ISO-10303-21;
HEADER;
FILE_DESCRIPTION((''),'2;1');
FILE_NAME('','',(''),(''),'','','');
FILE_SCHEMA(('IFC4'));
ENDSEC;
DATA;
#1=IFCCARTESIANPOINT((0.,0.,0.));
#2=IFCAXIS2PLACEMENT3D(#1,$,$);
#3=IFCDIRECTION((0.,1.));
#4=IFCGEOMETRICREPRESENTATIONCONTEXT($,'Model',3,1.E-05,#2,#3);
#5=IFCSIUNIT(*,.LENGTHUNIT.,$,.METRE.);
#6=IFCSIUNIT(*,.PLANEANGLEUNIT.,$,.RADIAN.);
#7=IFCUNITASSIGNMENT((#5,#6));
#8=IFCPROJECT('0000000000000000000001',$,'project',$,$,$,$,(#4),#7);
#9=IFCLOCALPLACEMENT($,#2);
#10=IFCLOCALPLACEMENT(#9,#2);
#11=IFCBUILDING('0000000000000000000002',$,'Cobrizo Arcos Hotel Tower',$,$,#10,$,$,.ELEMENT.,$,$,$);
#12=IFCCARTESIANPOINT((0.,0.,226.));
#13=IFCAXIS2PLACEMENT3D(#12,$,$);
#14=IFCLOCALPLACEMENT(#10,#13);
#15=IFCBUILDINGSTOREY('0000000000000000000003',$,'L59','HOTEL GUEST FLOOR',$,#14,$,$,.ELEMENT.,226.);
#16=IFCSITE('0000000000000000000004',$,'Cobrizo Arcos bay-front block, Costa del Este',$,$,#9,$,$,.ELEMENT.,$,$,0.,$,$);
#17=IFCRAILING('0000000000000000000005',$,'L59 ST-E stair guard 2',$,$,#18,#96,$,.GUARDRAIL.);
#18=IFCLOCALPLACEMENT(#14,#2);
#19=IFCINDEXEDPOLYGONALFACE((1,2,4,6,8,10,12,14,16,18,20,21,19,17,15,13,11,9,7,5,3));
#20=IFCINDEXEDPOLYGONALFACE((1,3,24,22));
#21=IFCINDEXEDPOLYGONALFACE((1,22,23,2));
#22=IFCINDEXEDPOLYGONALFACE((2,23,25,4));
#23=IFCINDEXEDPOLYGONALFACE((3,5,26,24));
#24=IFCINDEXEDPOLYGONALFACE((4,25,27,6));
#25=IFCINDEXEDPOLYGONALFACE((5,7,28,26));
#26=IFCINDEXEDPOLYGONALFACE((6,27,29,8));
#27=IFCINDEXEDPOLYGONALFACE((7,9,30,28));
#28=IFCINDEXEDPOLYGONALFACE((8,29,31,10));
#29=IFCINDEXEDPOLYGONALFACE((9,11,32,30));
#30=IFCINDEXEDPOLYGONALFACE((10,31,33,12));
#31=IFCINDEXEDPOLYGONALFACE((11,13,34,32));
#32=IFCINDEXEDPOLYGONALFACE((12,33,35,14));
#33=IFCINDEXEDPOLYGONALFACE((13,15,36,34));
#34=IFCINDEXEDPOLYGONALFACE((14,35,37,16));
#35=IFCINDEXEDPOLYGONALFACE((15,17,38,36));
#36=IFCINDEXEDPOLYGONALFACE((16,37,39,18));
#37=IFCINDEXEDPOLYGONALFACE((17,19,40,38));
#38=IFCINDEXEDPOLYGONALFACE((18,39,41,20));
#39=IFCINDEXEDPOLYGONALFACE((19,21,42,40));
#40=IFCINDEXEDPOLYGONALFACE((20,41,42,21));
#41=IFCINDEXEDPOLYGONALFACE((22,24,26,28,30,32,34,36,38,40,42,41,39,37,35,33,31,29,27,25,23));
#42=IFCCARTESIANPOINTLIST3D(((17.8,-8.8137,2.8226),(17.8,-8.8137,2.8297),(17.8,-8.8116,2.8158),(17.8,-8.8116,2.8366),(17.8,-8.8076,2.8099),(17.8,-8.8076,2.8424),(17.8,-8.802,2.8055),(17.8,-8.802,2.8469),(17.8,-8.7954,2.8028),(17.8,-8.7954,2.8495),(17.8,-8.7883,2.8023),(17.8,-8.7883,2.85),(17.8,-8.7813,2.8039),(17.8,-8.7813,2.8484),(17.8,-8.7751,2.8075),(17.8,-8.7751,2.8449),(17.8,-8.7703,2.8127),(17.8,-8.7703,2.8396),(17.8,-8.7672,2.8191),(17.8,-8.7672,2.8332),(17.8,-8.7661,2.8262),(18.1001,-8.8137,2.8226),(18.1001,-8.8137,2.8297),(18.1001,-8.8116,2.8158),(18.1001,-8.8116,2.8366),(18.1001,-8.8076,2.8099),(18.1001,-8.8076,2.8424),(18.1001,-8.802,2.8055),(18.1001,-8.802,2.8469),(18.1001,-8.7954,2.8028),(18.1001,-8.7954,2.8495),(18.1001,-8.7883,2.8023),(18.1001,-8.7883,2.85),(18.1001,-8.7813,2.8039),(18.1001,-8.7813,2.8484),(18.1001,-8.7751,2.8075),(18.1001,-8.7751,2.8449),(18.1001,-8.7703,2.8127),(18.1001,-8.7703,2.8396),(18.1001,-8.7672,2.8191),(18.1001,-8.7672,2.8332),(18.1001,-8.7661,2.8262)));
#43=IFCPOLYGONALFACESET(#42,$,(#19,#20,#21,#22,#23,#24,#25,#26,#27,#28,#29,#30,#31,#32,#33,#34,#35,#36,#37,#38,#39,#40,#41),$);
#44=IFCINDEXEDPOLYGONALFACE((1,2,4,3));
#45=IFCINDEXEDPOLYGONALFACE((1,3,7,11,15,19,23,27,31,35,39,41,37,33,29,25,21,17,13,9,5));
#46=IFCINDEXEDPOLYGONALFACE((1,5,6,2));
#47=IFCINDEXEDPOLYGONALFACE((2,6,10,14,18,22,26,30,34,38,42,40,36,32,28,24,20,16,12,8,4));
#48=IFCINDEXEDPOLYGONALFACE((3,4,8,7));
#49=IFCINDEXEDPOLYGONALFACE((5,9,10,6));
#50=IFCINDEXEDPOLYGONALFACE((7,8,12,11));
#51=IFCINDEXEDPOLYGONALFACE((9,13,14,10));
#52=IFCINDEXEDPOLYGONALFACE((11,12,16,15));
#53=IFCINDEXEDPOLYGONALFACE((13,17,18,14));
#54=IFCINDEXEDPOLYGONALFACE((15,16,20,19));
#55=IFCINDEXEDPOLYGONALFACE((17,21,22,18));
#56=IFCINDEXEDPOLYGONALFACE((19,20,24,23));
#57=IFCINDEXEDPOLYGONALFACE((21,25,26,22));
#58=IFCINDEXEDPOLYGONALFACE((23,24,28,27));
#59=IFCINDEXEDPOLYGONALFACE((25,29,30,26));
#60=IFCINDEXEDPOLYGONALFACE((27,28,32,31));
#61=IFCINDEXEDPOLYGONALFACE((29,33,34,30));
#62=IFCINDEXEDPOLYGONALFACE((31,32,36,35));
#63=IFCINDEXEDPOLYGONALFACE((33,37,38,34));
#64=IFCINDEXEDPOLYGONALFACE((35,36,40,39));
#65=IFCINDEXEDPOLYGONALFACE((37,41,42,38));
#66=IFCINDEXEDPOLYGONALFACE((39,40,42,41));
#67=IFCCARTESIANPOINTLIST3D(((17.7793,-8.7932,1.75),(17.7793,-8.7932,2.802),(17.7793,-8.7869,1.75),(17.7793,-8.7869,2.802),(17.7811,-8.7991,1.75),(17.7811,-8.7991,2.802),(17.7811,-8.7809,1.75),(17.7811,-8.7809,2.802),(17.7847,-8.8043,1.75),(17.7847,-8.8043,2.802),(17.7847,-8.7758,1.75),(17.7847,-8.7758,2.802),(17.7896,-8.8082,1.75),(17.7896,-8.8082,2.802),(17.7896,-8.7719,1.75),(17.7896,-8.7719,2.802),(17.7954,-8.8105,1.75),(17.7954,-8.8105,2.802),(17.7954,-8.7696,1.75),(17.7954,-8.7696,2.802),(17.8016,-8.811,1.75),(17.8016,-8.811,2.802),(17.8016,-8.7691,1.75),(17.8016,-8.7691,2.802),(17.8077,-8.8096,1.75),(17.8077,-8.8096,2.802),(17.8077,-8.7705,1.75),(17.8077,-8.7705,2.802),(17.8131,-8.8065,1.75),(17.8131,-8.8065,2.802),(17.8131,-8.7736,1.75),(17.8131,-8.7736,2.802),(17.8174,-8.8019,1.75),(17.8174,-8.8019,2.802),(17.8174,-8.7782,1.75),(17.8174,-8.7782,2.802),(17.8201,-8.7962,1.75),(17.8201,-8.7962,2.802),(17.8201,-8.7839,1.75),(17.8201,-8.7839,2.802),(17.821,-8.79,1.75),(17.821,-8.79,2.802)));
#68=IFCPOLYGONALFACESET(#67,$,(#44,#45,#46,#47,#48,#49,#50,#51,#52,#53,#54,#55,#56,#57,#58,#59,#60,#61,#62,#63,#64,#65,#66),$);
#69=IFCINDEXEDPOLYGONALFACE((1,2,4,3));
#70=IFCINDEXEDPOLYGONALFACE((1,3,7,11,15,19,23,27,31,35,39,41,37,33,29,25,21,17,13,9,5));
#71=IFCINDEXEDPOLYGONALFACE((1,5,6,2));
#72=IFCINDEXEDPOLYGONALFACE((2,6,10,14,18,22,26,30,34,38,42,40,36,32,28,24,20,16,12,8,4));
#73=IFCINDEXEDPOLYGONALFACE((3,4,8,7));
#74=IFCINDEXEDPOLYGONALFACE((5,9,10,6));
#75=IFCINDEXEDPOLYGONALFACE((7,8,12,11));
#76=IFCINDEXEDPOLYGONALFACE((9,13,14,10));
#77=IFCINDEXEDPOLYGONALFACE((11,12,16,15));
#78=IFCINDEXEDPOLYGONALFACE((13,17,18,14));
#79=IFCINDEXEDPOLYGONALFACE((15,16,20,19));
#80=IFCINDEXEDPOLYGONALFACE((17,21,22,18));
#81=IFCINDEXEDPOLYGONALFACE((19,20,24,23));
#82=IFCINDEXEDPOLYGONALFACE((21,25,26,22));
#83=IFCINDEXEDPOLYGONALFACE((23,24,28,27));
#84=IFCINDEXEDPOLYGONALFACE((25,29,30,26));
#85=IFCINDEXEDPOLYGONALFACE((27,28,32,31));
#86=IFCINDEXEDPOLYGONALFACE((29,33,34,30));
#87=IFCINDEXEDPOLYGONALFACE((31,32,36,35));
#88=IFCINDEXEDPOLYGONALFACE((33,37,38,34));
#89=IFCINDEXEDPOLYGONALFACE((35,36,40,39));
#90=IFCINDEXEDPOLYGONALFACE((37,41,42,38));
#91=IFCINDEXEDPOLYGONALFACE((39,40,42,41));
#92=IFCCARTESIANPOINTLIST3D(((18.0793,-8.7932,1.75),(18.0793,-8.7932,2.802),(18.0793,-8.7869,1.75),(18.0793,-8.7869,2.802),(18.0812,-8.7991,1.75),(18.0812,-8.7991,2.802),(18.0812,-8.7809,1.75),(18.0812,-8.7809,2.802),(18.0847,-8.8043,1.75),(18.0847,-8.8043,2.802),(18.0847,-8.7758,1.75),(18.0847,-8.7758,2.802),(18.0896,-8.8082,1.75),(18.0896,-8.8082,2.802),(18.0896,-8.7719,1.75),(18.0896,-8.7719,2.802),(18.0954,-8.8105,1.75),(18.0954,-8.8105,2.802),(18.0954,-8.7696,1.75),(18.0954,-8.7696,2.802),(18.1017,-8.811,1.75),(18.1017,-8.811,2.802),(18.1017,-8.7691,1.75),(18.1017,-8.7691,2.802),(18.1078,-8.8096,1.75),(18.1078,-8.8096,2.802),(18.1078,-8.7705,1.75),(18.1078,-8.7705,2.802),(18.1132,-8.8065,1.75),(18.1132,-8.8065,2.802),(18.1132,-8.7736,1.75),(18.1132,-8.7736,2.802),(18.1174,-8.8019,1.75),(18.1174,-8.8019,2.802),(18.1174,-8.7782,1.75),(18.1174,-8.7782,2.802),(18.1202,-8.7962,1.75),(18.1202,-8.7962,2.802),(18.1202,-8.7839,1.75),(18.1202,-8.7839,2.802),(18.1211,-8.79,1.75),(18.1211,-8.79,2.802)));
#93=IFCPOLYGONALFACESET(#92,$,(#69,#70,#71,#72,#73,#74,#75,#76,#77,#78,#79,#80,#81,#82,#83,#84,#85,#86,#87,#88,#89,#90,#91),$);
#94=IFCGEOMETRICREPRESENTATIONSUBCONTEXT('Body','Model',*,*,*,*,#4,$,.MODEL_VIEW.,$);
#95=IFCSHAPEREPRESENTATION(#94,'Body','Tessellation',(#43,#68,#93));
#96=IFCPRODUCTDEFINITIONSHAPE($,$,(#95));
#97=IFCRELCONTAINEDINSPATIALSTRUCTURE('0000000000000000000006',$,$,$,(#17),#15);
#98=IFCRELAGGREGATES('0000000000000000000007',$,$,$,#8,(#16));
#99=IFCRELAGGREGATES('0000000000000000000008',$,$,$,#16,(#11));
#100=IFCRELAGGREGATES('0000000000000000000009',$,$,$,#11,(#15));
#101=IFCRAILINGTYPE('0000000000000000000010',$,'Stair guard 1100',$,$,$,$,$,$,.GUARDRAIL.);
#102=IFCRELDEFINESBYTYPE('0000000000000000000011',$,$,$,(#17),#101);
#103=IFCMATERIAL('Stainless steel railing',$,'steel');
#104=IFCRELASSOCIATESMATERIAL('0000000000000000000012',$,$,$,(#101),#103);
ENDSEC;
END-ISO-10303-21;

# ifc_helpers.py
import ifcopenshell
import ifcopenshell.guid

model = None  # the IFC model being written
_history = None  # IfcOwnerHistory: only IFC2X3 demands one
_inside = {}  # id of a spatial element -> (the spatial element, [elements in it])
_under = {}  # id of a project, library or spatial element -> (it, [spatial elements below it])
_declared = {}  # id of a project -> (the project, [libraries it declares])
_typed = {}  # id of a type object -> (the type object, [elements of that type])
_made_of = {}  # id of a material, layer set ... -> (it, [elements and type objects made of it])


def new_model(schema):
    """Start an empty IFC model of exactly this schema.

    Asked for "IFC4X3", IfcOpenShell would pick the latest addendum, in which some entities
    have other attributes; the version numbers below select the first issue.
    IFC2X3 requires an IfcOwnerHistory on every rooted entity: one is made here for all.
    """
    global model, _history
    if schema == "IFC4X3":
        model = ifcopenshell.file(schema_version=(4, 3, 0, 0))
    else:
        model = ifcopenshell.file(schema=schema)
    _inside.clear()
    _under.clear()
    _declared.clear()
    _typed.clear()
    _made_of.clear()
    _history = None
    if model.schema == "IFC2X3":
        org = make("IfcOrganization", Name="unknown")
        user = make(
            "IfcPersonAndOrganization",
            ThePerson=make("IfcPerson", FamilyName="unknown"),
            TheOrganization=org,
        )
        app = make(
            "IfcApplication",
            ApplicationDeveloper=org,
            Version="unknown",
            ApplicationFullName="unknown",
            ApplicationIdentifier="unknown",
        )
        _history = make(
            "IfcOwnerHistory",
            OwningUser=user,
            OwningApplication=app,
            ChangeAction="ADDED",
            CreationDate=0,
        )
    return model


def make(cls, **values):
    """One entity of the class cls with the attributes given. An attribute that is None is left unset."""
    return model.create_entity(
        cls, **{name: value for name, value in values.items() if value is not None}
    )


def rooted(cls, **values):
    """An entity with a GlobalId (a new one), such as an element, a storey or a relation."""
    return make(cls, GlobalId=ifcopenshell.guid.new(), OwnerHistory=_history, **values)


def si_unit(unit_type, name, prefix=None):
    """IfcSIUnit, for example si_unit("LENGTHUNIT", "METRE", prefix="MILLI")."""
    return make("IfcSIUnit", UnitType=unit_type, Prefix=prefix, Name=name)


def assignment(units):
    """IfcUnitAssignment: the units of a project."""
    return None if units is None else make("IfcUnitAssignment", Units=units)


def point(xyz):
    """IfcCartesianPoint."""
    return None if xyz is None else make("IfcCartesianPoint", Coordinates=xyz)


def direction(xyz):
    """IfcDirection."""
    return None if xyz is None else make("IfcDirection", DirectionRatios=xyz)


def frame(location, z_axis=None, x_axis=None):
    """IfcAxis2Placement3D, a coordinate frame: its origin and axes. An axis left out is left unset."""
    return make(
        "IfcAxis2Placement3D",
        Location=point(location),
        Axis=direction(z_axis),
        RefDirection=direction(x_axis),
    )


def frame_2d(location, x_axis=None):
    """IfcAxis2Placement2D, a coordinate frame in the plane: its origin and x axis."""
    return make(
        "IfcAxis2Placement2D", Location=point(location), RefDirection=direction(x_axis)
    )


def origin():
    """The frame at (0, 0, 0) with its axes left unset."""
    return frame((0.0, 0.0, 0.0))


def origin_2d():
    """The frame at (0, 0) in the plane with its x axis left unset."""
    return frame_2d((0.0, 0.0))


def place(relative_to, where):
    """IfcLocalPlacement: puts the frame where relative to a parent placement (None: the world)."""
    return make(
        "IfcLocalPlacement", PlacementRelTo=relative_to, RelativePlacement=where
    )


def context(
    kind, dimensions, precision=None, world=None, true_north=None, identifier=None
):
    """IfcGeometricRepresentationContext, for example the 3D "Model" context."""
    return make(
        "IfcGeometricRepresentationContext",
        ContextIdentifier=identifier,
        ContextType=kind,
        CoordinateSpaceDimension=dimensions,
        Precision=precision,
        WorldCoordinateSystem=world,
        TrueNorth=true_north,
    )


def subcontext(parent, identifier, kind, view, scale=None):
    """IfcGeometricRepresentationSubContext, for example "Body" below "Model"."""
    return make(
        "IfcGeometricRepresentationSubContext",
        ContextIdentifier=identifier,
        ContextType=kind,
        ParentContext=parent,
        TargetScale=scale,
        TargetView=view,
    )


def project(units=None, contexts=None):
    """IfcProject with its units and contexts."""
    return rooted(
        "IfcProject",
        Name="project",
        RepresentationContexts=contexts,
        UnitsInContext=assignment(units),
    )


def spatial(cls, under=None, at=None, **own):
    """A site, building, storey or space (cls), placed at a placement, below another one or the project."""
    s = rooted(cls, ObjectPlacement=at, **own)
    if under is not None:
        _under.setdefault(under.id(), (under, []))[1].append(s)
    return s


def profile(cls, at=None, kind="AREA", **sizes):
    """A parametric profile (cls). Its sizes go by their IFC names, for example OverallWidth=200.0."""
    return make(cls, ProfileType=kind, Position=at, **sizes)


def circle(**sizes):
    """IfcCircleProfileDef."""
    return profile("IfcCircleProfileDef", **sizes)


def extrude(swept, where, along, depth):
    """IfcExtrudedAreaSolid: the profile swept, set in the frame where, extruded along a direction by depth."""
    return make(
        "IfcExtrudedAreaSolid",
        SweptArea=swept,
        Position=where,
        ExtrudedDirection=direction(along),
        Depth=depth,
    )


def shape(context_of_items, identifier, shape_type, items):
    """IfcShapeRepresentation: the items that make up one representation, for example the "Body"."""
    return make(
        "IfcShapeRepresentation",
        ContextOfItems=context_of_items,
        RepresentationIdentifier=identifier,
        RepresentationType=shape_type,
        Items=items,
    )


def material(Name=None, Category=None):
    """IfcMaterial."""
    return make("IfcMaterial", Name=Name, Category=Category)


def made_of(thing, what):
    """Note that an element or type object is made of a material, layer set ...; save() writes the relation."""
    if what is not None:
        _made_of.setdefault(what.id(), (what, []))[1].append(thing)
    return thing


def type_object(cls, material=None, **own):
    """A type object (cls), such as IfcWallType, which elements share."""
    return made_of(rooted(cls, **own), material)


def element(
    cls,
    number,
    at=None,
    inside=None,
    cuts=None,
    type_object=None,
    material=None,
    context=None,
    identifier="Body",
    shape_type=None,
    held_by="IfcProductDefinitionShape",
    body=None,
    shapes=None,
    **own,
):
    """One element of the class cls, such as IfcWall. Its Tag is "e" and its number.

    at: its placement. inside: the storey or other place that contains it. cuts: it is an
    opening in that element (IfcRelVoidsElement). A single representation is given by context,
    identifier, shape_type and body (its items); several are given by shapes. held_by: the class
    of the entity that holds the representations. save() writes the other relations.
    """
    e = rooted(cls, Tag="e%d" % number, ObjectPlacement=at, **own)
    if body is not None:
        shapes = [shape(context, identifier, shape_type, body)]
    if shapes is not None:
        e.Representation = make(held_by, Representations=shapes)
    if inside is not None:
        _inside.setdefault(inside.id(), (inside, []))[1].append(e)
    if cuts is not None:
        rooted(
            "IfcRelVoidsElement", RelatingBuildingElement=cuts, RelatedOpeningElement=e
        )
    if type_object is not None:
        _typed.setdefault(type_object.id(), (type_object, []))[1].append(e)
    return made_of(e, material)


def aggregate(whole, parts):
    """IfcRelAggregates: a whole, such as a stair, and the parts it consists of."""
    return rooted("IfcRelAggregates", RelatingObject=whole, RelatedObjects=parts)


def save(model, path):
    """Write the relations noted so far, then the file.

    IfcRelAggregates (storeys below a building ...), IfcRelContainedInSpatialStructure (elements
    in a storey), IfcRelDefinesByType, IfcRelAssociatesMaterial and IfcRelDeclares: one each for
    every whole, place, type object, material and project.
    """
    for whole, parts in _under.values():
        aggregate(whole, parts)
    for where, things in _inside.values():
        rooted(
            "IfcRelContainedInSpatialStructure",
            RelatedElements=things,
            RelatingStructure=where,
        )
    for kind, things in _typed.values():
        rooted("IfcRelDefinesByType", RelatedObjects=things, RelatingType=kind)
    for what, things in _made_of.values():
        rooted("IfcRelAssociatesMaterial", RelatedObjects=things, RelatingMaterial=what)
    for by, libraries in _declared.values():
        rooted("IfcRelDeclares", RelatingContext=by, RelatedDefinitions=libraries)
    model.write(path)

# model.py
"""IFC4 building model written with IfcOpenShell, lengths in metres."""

from ifc_helpers import new_model, si_unit, direction, frame, origin, origin_2d, place, context, subcontext, project, spatial, circle, extrude, material, type_object, element, save


model = new_model("IFC4")

# Units and contexts
model_context = context("Model", 3, precision=1e-05, world=origin(), true_north=direction((0.0, 1.0)))
body_context = subcontext(model_context, "Body", "Model", "MODEL_VIEW")
ifc_project = project(units=[si_unit("LENGTHUNIT", "METRE"), si_unit("PLANEANGLEUNIT", "RADIAN")], contexts=[model_context])

# Site, building, storey
site_placement = place(None, origin())
site = spatial("IfcSite", under=ifc_project, at=site_placement, Name="Cobrizo Arcos bay-front block, Costa del Este", CompositionType="ELEMENT", RefElevation=0.0)
building_placement = place(site_placement, origin())
building = spatial("IfcBuilding", under=site, at=building_placement, Name="Cobrizo Arcos Hotel Tower", CompositionType="ELEMENT")
storey_placement = place(building_placement, frame((0.0, 0.0, 226.0)))
storey = spatial("IfcBuildingStorey", under=building, at=storey_placement, Name="L59", Description="HOTEL GUEST FLOOR", CompositionType="ELEMENT", Elevation=226.0)

# Railing
ifc_material_1 = material(Name="Stainless steel railing", Category="steel")
railing_type_1 = type_object("IfcRailingType", Name="Stair guard 1100", PredefinedType="GUARDRAIL", material=ifc_material_1)
railing_1_placement = place(storey_placement, frame((17.8, -8.79, 1.75)))
element("IfcRailing", 1, at=railing_1_placement, inside=storey, type_object=railing_type_1, Name="L59 ST-E stair guard 2", PredefinedType="GUARDRAIL", context=body_context, shape_type="SweptSolid", body=[
    extrude(circle(Radius=0.0239, at=origin_2d()), frame((0.0, 0.0, 1.0762), z_axis=(1.0, 0.0, 0.0), x_axis=(0.0, 1.0, 0.0)), (0.0, 0.0, 1.0), 0.3),
    extrude(circle(Radius=0.021, at=origin_2d()), origin(), (0.0, 0.0, 1.0), 1.052),
    extrude(circle(Radius=0.021, at=origin_2d()), frame((0.3, 0.0, 0.0)), (0.0, 0.0, 1.0), 1.052),
])

save(model, "model.ifc")
